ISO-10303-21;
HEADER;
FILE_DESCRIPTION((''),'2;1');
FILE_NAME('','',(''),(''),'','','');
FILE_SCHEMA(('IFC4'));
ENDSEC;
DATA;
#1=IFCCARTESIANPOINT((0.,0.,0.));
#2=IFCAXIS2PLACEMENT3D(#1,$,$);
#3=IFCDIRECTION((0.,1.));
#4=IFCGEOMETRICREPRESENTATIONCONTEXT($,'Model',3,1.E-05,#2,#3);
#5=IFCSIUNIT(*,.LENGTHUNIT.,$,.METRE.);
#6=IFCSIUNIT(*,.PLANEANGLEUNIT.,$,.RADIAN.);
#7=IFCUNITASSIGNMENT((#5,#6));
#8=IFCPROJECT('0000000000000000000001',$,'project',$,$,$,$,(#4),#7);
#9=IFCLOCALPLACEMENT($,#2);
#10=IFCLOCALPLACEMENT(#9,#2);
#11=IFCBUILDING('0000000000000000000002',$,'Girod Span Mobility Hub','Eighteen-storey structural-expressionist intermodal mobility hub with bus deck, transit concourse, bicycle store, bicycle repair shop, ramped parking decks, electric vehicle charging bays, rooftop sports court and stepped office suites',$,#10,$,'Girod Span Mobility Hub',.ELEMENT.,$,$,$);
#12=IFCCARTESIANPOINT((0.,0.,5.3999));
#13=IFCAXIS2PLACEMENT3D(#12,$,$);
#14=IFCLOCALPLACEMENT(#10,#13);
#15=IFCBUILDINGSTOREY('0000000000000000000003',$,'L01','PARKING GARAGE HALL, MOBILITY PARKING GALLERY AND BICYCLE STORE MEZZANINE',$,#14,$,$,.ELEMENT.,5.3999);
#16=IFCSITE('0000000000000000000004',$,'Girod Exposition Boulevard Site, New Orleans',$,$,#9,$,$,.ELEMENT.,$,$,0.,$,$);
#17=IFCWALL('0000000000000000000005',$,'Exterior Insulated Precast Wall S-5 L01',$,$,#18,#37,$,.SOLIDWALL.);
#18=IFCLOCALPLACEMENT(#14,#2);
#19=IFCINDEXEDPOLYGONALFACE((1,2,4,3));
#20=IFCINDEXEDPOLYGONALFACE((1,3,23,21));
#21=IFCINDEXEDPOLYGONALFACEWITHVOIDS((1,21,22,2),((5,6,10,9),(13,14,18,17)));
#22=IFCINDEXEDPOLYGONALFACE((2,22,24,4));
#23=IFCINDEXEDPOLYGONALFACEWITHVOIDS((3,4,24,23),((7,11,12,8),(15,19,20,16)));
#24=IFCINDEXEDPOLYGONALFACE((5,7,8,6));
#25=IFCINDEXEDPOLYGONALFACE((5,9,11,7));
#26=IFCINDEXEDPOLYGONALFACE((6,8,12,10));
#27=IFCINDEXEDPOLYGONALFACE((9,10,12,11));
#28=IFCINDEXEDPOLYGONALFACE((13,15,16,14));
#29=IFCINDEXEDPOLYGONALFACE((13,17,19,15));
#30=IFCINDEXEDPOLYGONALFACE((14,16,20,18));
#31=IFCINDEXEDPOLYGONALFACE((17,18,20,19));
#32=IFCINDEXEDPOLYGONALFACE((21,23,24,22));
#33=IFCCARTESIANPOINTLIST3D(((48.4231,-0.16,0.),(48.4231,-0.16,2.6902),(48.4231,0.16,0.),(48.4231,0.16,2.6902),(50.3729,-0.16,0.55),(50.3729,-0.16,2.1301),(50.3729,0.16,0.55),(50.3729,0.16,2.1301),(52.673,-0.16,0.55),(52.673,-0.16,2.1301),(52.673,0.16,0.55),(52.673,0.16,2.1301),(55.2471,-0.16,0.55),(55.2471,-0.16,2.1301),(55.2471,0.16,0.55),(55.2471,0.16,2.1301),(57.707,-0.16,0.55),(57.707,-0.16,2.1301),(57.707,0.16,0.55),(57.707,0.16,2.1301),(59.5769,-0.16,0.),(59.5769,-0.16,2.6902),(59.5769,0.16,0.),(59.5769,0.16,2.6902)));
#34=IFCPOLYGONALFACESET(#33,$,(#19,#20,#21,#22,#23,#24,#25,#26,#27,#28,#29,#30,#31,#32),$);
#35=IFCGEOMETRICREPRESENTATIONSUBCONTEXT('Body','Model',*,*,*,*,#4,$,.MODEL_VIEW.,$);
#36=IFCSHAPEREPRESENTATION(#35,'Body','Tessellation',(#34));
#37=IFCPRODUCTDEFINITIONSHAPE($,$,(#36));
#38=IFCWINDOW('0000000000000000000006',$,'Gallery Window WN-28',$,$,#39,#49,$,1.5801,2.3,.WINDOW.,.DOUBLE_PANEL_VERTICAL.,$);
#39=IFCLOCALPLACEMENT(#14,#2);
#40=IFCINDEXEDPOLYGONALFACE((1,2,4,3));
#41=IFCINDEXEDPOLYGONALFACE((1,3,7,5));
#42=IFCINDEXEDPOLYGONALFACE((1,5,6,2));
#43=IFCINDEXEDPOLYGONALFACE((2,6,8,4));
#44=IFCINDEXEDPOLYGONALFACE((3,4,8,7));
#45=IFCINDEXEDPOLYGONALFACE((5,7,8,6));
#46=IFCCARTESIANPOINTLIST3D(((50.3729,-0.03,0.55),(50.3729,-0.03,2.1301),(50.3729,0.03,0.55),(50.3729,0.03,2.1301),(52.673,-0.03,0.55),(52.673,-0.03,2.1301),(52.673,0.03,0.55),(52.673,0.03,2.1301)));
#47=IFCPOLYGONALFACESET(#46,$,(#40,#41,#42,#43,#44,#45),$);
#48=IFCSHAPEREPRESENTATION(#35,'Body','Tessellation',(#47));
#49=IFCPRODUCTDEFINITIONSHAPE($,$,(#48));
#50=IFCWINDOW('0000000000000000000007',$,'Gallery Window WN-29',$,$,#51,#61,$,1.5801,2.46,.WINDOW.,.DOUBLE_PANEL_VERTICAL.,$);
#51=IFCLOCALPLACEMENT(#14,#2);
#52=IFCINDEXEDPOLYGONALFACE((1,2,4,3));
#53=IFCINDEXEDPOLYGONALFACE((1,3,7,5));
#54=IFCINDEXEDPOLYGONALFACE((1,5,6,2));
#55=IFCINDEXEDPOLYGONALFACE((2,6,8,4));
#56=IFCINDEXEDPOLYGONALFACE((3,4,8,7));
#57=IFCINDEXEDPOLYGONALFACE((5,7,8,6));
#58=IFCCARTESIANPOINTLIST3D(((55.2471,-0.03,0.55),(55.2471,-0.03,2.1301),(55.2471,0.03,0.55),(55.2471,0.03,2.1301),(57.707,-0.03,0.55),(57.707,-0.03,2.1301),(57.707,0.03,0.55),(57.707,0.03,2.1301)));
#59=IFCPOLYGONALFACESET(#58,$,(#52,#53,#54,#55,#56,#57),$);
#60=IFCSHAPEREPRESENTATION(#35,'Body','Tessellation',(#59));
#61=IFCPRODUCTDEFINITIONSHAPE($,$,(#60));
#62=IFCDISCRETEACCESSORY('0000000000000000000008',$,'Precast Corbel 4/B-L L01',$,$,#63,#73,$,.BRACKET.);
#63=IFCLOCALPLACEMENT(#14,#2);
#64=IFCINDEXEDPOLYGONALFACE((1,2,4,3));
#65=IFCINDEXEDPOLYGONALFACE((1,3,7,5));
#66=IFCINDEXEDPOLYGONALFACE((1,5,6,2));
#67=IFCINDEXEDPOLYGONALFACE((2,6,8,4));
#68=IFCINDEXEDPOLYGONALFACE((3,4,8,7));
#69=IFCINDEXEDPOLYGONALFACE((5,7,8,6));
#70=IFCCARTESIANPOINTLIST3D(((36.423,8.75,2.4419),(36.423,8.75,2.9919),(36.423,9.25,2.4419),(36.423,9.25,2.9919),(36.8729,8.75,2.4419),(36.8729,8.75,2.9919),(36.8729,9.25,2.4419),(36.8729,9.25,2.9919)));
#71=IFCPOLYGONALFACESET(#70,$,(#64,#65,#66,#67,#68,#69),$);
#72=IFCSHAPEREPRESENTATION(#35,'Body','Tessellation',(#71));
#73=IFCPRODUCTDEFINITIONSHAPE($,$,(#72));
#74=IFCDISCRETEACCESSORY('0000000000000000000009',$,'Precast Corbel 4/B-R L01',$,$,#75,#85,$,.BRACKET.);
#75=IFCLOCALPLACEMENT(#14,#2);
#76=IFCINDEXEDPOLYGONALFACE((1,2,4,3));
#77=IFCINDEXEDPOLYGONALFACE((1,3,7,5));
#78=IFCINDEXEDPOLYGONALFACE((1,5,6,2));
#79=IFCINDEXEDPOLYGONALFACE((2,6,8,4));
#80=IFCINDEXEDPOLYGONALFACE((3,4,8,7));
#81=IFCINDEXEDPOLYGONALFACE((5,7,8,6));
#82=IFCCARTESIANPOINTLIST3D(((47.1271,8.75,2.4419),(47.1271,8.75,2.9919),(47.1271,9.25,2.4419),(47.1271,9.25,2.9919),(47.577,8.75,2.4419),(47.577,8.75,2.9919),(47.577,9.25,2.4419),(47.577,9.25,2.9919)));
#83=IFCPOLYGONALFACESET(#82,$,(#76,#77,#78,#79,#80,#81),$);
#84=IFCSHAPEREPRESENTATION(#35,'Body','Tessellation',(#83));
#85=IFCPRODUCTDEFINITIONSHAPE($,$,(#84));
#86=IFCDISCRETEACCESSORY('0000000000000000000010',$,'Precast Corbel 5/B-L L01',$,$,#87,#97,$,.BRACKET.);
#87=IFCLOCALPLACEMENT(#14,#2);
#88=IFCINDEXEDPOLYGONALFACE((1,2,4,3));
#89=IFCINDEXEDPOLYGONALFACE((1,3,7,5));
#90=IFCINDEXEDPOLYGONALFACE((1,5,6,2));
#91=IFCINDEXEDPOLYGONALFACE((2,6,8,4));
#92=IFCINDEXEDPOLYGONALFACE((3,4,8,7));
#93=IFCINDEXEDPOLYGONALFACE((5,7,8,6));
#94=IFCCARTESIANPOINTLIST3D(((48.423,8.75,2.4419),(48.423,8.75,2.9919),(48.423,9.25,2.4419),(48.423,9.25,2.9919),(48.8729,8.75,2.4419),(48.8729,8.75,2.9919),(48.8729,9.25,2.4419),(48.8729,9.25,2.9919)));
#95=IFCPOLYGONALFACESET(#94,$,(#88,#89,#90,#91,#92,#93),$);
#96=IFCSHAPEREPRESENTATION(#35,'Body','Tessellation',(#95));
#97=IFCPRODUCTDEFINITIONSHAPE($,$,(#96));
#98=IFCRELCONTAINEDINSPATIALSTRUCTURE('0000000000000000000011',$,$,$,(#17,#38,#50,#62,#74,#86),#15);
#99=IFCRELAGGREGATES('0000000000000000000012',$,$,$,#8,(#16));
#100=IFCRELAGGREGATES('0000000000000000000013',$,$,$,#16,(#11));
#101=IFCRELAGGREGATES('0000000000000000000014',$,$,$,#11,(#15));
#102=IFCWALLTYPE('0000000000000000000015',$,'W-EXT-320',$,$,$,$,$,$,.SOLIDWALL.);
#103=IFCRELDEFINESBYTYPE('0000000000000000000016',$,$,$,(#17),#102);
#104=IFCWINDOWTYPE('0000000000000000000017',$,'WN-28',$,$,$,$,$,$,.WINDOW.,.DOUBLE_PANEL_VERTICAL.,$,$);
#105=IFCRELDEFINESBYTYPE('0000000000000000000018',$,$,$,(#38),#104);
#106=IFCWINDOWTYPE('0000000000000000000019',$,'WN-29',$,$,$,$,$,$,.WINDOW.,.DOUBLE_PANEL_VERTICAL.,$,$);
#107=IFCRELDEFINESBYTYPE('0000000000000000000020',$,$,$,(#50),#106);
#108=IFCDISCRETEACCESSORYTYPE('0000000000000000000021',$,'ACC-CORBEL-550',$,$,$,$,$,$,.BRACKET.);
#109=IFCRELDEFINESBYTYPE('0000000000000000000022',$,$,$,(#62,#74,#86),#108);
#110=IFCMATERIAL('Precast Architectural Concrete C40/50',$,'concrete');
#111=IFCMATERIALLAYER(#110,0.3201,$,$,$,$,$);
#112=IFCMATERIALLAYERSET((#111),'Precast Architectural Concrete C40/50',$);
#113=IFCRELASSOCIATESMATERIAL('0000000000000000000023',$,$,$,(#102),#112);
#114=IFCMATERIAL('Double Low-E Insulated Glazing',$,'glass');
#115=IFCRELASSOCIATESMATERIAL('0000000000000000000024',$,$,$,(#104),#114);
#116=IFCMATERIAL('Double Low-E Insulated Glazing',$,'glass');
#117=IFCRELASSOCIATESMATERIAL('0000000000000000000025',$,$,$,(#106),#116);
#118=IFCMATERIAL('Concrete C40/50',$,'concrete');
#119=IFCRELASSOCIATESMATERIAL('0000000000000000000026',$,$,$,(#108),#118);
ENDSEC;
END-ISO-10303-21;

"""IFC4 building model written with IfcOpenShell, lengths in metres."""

from ifc_helpers import new_model, si_unit, direction, frame, frame_2d, origin, origin_2d, place, context, subcontext, project, spatial, rectangle, extrude, material, layer, layer_set, type_object, element, fill, save


model = new_model("IFC4")

# Units and contexts
model_context = context("Model", 3, precision=1e-05, world=origin(), true_north=direction((0.0, 1.0)))
body_context = subcontext(model_context, "Body", "Model", "MODEL_VIEW")
ifc_project = project(units=[si_unit("LENGTHUNIT", "METRE"), si_unit("PLANEANGLEUNIT", "RADIAN")], contexts=[model_context])

# Site, building, storey
site_placement = place(None, origin())
site = spatial("IfcSite", under=ifc_project, at=site_placement, Name="Girod Exposition Boulevard Site, New Orleans", CompositionType="ELEMENT", RefElevation=0.0)
building_placement = place(site_placement, origin())
building = spatial("IfcBuilding", under=site, at=building_placement, Name="Girod Span Mobility Hub", Description="Eighteen-storey structural-expressionist intermodal mobility hub with bus deck, transit concourse, bicycle store, bicycle repair shop, ramped parking decks, electric vehicle charging bays, rooftop sports court and stepped office suites", LongName="Girod Span Mobility Hub", CompositionType="ELEMENT")
storey_placement = place(building_placement, frame((0.0, 0.0, 5.3999)))
storey = spatial("IfcBuildingStorey", under=building, at=storey_placement, Name="L01", Description="PARKING GARAGE HALL, MOBILITY PARKING GALLERY AND BICYCLE STORE MEZZANINE", CompositionType="ELEMENT", Elevation=5.3999)

# Wall, openings, windows
ifc_material_1 = material(Name="Precast Architectural Concrete C40/50", Category="concrete")
ifc_layer_1 = layer(ifc_material_1, 0.3201)
ifc_layer_set_1 = layer_set([ifc_layer_1], Name="Precast Architectural Concrete C40/50")
wall_type = type_object("IfcWallType", Name="W-EXT-320", PredefinedType="SOLIDWALL", material=ifc_layer_set_1)
wall_placement = place(storey_placement, frame((48.4231, 0.0, 0.0), z_axis=(0.0, 0.0, 1.0), x_axis=(1.0, 0.0, 0.0)))
wall = element("IfcWall", 1, at=wall_placement, inside=storey, type_object=wall_type, Name="Exterior Insulated Precast Wall S-5 L01", PredefinedType="SOLIDWALL", context=body_context, shape_type="SweptSolid", body=[
    extrude(rectangle(XDim=11.1538, YDim=0.3201, at=frame_2d((5.5769, 0.0))), origin(), (0.0, 0.0, 1.0), 2.6902),
])
opening_1_placement = place(wall_placement, frame((1.95, 0.0, 0.55)))
opening_1 = element("IfcOpeningElement", 2, at=opening_1_placement, cuts=wall, PredefinedType="OPENING", context=body_context, shape_type="SweptSolid", body=[
    extrude(rectangle(XDim=2.3, YDim=1.5801, at=frame_2d((1.1499, 0.79))), frame((0.0, 0.175, 0.0), z_axis=(0.0, -1.0, 0.0), x_axis=(1.0, 0.0, 0.0)), (0.0, 0.0, 1.0), 0.3501),
])
opening_2_placement = place(wall_placement, frame((6.824, 0.0, 0.55)))
opening_2 = element("IfcOpeningElement", 3, at=opening_2_placement, cuts=wall, PredefinedType="OPENING", context=body_context, shape_type="SweptSolid", body=[
    extrude(rectangle(XDim=2.46, YDim=1.5801, at=frame_2d((1.23, 0.79))), frame((0.0, 0.175, 0.0), z_axis=(0.0, -1.0, 0.0), x_axis=(1.0, 0.0, 0.0)), (0.0, 0.0, 1.0), 0.3501),
])
ifc_material_2 = material(Name="Double Low-E Insulated Glazing", Category="glass")
window_type_1 = type_object("IfcWindowType", Name="WN-28", PartitioningType="DOUBLE_PANEL_VERTICAL", PredefinedType="WINDOW", material=ifc_material_2)
window_1_placement = place(opening_1_placement, origin())
window_1 = element("IfcWindow", 4, at=window_1_placement, inside=storey, type_object=window_type_1, Name="Gallery Window WN-28", OverallHeight=1.5801, OverallWidth=2.3, PartitioningType="DOUBLE_PANEL_VERTICAL", PredefinedType="WINDOW", context=body_context, shape_type="SweptSolid", body=[
    extrude(rectangle(XDim=2.3, YDim=1.5801, at=frame_2d((1.1499, 0.79))), frame((0.0, 0.03, 0.0), z_axis=(0.0, -1.0, 0.0), x_axis=(1.0, 0.0, 0.0)), (0.0, 0.0, 1.0), 0.0601),
])
fill(opening_1, window_1)
ifc_material_3 = material(Name="Double Low-E Insulated Glazing", Category="glass")
window_type_2 = type_object("IfcWindowType", Name="WN-29", PartitioningType="DOUBLE_PANEL_VERTICAL", PredefinedType="WINDOW", material=ifc_material_3)
window_2_placement = place(opening_2_placement, origin())
window_2 = element("IfcWindow", 5, at=window_2_placement, inside=storey, type_object=window_type_2, Name="Gallery Window WN-29", OverallHeight=1.5801, OverallWidth=2.46, PartitioningType="DOUBLE_PANEL_VERTICAL", PredefinedType="WINDOW", context=body_context, shape_type="SweptSolid", body=[
    extrude(rectangle(XDim=2.46, YDim=1.5801, at=frame_2d((1.23, 0.79))), frame((0.0, 0.03, 0.0), z_axis=(0.0, -1.0, 0.0), x_axis=(1.0, 0.0, 0.0)), (0.0, 0.0, 1.0), 0.0601),
])
fill(opening_2, window_2)

# Discrete accessories
ifc_material_4 = material(Name="Concrete C40/50", Category="concrete")
discrete_accessory_type = type_object("IfcDiscreteAccessoryType", Name="ACC-CORBEL-550", PredefinedType="BRACKET", material=ifc_material_4)
for number, where, z_axis, x_axis, name in (
    (6, (36.6479, 9.0, 2.4419), (0.0, 0.0, 1.0), (1.0, 0.0, 0.0), "Precast Corbel 4/B-L L01"),
    (7, (47.3521, 9.0, 2.4419), (0.0, 0.0, 1.0), (1.0, 0.0, 0.0), "Precast Corbel 4/B-R L01"),
    (8, (48.6479, 9.0, 2.4419), (0.0, 0.0, 1.0), (1.0, 0.0, 0.0), "Precast Corbel 5/B-L L01"),
):
    element("IfcDiscreteAccessory", number, at=place(storey_placement, frame(where, z_axis=z_axis, x_axis=x_axis)), inside=storey, type_object=discrete_accessory_type, Name=name, PredefinedType="BRACKET", context=body_context, shape_type="SweptSolid", body=[
        extrude(rectangle(XDim=0.45, YDim=0.5, at=origin_2d()), origin(), (0.0, 0.0, 1.0), 0.55),
    ])

save(model, "model.ifc")
